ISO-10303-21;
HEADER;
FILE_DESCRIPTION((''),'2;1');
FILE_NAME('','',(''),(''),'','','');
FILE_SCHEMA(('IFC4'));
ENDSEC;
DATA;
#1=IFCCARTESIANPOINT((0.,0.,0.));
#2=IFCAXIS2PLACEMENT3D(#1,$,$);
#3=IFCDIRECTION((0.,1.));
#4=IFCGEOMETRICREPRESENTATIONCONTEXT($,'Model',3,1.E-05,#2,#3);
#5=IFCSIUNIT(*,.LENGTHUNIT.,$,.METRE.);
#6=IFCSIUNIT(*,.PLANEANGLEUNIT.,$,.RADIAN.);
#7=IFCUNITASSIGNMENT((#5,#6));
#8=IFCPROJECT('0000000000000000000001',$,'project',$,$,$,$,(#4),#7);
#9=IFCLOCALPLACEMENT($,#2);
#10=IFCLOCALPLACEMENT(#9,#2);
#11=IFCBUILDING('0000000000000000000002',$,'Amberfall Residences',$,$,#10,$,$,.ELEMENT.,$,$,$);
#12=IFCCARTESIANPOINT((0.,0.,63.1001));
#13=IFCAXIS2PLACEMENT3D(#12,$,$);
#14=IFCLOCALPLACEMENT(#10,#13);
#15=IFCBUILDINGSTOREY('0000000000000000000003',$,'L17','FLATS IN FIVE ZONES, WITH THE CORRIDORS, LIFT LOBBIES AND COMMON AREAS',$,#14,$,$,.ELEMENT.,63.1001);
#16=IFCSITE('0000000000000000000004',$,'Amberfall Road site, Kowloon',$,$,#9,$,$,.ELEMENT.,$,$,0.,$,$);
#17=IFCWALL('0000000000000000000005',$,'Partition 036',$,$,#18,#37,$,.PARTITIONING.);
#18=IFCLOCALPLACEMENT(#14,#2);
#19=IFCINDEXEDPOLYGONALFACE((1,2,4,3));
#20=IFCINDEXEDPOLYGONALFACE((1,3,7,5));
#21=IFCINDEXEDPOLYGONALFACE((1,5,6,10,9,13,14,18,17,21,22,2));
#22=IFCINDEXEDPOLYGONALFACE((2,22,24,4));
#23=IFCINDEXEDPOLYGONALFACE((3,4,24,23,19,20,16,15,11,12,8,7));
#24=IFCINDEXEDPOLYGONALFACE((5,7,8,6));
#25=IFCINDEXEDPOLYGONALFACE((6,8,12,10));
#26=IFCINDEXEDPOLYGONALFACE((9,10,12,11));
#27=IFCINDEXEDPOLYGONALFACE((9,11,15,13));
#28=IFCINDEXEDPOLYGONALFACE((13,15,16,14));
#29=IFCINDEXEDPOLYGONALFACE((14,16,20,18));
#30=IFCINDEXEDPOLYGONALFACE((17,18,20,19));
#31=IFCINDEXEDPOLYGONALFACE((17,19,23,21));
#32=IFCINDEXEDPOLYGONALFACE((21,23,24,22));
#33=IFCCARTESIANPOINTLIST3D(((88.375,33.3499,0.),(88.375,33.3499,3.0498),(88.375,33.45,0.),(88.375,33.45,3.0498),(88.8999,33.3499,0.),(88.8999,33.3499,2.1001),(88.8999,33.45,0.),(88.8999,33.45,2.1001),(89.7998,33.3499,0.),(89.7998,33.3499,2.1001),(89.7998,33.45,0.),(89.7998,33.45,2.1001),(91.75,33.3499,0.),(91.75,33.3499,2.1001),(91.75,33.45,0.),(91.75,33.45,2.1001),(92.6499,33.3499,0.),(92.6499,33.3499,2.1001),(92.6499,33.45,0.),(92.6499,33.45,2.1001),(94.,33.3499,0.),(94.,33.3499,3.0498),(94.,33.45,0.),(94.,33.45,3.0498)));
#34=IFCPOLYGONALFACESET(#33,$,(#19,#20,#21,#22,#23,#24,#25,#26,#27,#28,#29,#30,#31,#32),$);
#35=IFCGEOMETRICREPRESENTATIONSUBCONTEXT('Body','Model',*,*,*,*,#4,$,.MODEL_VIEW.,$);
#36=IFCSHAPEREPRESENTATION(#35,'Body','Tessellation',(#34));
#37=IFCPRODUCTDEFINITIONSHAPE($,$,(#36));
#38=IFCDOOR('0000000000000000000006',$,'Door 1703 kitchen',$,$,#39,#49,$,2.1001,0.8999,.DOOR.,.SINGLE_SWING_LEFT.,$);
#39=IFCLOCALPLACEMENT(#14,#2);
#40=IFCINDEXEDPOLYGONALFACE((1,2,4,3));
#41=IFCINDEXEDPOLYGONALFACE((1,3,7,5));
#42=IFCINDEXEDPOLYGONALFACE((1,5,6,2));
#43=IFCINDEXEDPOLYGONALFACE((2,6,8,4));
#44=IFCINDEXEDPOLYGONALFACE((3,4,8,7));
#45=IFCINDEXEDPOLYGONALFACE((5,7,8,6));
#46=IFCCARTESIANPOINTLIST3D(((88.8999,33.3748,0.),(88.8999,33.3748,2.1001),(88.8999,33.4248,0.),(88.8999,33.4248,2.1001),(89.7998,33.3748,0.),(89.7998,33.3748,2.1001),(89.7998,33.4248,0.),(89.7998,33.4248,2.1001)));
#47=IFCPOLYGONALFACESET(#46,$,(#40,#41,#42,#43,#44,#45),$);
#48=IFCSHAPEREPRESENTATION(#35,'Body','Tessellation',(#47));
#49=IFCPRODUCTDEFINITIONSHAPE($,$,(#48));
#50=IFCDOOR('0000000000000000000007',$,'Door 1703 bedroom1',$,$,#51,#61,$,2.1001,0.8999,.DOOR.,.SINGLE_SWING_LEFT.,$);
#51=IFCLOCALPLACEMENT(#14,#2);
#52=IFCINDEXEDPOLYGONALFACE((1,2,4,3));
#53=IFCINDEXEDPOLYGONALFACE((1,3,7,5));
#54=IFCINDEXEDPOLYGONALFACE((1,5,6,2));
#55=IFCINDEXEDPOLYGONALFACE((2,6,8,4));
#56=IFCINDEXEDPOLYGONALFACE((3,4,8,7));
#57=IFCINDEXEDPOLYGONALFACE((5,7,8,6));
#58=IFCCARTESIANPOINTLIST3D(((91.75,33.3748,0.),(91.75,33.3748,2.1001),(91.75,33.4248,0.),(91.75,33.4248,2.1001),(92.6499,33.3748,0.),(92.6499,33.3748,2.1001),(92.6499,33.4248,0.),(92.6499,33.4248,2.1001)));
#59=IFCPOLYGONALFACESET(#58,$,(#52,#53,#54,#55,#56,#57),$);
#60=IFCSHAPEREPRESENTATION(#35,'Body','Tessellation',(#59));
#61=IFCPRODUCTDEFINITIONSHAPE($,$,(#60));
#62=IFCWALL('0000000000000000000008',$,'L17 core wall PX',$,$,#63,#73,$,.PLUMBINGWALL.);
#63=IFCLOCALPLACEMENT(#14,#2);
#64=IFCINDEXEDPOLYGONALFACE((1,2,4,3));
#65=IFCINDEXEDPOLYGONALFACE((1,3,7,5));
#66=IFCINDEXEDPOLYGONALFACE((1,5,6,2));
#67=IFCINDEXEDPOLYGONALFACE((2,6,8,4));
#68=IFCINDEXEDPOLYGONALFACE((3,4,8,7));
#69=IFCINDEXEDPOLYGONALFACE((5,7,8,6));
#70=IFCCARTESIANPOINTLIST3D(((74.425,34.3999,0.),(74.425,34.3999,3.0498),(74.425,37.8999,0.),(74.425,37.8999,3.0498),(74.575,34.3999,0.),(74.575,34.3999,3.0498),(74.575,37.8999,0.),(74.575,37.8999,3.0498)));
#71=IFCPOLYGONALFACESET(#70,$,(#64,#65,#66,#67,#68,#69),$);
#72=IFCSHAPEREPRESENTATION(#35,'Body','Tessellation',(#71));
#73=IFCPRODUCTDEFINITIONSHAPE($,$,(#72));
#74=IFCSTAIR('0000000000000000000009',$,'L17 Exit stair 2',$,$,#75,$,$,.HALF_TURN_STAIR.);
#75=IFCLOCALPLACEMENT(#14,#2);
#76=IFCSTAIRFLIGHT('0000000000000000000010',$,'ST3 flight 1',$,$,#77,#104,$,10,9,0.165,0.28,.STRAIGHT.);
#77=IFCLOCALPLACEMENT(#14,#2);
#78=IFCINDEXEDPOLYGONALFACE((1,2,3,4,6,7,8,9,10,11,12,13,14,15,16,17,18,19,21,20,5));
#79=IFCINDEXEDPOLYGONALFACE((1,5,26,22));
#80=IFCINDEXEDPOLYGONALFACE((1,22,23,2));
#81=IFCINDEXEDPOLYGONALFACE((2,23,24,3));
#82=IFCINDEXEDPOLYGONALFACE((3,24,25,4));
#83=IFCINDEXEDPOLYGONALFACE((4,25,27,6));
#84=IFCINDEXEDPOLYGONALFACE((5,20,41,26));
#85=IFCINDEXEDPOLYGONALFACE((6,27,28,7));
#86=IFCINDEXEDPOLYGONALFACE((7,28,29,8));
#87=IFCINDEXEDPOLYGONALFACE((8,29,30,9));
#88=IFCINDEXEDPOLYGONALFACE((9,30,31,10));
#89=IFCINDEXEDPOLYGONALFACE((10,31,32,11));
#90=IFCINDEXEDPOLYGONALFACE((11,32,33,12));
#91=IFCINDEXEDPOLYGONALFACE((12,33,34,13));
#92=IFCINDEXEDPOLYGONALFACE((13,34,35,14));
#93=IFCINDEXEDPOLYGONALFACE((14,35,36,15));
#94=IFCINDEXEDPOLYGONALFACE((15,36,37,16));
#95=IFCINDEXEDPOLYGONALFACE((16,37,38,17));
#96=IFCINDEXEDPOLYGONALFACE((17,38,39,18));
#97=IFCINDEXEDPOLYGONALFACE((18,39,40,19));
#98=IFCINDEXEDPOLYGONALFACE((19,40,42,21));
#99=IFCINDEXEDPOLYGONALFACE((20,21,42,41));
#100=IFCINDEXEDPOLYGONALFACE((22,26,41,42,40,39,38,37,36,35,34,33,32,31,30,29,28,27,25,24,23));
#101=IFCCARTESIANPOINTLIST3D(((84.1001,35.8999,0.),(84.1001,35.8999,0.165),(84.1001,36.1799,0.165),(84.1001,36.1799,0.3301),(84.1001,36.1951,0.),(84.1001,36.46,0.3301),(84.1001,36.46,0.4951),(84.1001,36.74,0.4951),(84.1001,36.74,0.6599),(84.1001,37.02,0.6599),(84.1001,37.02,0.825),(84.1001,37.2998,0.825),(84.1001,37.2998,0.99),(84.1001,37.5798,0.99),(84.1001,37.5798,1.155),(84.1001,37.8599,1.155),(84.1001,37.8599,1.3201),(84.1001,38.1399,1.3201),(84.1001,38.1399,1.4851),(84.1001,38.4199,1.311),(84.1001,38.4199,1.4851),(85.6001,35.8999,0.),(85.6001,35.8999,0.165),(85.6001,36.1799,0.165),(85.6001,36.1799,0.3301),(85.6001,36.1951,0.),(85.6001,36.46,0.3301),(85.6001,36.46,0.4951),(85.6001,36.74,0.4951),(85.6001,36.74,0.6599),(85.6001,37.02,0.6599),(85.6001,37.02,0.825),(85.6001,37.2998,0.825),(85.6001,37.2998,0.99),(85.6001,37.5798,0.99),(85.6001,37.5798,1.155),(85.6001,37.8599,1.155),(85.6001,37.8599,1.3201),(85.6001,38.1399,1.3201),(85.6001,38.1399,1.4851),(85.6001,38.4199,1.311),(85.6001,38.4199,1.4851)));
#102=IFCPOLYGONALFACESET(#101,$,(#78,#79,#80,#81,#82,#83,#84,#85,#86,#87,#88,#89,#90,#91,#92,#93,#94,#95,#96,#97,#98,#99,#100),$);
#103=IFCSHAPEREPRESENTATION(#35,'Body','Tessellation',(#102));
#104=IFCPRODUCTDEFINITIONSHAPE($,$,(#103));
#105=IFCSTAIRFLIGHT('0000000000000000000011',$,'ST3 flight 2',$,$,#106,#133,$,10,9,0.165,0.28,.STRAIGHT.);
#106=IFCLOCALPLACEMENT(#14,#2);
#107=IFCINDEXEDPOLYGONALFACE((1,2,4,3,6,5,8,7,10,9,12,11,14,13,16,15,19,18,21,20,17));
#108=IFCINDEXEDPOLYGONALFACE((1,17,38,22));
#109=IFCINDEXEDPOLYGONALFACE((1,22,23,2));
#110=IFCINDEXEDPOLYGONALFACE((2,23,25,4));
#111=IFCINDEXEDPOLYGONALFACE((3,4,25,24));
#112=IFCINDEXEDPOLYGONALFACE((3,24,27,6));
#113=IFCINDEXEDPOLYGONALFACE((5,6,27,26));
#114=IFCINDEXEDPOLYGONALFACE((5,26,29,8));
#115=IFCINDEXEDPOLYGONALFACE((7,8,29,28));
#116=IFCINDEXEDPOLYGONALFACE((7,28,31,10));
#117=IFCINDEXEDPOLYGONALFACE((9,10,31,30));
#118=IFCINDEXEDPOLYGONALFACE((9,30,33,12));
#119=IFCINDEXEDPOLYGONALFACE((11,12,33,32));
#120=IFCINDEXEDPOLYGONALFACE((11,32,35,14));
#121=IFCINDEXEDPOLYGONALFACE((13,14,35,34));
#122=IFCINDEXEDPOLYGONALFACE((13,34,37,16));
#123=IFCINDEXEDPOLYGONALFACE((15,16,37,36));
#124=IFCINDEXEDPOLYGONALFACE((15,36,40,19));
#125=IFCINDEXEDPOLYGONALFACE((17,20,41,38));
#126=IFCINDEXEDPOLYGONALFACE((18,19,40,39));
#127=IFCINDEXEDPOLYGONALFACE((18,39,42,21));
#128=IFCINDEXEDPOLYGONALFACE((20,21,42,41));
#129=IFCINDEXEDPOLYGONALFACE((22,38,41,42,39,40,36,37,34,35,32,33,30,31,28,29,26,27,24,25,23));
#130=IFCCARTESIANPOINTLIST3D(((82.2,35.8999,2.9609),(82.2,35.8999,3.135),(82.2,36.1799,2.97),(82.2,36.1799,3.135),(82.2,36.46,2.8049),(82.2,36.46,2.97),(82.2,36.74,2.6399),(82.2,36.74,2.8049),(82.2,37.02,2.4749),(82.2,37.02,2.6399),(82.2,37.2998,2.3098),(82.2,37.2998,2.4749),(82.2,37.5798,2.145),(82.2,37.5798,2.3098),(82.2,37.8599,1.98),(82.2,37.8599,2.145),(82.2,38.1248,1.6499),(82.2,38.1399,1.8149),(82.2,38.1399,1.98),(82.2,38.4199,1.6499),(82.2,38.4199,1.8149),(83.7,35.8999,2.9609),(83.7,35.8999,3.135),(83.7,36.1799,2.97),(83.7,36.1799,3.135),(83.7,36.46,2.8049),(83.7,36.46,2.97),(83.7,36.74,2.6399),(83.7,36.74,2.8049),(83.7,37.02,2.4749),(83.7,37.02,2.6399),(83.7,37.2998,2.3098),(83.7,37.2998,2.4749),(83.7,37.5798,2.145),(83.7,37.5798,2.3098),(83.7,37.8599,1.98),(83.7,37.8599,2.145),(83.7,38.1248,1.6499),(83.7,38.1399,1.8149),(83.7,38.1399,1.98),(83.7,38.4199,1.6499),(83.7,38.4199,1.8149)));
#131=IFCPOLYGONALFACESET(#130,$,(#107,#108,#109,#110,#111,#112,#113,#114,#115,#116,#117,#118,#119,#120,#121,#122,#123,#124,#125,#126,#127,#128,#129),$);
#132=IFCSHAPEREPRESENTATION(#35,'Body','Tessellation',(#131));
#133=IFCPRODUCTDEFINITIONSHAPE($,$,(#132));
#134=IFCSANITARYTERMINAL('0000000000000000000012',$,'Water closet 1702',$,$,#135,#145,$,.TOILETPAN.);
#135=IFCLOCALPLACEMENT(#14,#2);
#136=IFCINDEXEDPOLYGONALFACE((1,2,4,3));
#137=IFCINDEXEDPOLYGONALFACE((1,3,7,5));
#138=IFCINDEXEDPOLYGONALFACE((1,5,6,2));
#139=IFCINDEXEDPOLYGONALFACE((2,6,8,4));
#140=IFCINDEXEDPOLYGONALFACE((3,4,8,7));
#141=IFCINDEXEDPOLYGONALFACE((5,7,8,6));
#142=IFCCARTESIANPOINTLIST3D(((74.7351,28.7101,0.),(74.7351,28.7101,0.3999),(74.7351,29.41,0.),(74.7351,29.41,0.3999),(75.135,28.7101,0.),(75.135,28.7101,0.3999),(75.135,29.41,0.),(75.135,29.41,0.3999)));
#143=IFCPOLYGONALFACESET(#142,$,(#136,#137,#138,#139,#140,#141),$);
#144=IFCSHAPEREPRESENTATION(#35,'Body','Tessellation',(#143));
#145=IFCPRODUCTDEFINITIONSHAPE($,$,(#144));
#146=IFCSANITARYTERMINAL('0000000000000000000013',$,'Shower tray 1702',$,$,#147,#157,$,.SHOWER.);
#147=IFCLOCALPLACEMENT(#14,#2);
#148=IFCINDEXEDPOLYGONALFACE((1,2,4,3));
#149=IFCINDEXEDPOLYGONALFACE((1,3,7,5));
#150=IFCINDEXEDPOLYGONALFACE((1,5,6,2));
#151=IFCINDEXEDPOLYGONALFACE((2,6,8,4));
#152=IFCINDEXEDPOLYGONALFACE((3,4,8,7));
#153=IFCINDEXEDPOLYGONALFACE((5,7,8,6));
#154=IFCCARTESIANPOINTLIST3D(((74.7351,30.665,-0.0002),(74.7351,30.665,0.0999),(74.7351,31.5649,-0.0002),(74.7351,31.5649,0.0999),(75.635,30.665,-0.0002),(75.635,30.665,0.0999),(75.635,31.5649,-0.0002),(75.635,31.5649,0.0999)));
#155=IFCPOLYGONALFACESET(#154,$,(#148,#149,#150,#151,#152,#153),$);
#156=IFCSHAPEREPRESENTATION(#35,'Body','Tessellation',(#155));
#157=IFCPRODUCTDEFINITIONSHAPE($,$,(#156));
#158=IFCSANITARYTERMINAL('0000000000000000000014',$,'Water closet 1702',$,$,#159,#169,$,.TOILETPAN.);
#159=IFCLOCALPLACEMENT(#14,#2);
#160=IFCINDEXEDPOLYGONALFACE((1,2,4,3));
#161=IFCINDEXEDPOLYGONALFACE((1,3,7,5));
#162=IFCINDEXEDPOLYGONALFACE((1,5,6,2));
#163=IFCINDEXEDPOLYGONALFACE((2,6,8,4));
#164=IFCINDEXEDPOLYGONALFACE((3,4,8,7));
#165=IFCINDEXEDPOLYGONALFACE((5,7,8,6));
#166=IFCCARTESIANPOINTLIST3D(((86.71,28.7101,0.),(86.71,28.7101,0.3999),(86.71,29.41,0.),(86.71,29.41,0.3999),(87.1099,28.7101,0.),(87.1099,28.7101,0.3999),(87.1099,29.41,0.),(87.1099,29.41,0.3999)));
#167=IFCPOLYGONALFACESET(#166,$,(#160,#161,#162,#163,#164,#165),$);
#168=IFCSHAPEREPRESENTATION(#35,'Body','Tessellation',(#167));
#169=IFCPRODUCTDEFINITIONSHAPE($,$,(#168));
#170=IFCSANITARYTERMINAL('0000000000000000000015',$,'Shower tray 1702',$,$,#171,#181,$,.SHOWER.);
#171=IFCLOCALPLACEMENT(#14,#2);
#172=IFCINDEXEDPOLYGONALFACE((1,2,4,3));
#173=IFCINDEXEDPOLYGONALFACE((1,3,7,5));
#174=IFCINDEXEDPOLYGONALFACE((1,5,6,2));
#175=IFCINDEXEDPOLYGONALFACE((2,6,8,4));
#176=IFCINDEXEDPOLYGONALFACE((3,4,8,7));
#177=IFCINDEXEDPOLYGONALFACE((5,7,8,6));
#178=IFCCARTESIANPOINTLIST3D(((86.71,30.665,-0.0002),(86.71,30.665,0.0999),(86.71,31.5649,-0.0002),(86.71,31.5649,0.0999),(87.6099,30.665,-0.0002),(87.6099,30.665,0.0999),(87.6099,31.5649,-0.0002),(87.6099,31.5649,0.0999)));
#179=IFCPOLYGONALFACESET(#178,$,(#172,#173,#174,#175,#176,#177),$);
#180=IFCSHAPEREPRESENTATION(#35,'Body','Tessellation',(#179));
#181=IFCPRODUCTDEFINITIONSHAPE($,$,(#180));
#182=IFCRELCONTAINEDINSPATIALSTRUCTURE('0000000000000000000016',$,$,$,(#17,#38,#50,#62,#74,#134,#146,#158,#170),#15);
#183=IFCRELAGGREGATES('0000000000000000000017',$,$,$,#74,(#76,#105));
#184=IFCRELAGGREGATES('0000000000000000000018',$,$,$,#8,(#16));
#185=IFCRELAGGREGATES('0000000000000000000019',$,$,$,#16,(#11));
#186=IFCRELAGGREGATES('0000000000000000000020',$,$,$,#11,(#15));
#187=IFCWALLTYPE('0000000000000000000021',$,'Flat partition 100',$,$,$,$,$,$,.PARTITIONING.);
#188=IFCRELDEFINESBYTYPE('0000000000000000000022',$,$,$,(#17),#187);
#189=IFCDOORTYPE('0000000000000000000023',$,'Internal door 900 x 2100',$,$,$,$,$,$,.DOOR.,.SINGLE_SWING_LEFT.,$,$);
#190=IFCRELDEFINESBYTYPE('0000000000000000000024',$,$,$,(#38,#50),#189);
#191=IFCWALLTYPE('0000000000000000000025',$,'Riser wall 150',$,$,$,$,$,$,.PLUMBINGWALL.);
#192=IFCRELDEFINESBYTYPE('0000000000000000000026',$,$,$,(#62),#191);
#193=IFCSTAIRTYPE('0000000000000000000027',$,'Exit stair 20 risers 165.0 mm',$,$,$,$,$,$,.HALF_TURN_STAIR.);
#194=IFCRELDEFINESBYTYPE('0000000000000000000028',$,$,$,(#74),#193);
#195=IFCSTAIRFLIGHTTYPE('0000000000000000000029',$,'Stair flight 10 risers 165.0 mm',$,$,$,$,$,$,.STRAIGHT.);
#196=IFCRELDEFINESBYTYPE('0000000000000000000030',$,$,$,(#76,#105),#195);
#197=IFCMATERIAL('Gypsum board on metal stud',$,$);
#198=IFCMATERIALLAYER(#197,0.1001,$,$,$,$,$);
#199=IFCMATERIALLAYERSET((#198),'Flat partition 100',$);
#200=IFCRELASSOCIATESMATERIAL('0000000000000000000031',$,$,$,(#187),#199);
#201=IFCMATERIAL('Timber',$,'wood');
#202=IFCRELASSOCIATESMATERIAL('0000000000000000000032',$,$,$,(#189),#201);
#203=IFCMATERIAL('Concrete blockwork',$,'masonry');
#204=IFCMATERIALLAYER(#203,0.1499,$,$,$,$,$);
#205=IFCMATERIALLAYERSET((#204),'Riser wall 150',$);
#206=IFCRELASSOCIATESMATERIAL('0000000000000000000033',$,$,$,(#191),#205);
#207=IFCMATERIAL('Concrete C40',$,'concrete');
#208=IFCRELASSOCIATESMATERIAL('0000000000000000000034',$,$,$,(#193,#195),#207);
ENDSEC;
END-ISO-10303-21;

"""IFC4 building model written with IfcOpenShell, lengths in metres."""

from ifc_helpers import new_model, si_unit, direction, frame, frame_2d, origin, origin_2d, place, context, subcontext, project, spatial, polyline, rectangle, outline, extrude, material, layer, layer_set, type_object, element, fill, aggregate, save


model = new_model("IFC4")

# Units and contexts
model_context = context("Model", 3, precision=1e-05, world=origin(), true_north=direction((0.0, 1.0)))
body_context = subcontext(model_context, "Body", "Model", "MODEL_VIEW")
ifc_project = project(units=[si_unit("LENGTHUNIT", "METRE"), si_unit("PLANEANGLEUNIT", "RADIAN")], contexts=[model_context])

# Site, building, storey
site_placement = place(None, origin())
site = spatial("IfcSite", under=ifc_project, at=site_placement, Name="Amberfall Road site, Kowloon", CompositionType="ELEMENT", RefElevation=0.0)
building_placement = place(site_placement, origin())
building = spatial("IfcBuilding", under=site, at=building_placement, Name="Amberfall Residences", CompositionType="ELEMENT")
storey_placement = place(building_placement, frame((0.0, 0.0, 63.1001)))
storey = spatial("IfcBuildingStorey", under=building, at=storey_placement, Name="L17", Description="FLATS IN FIVE ZONES, WITH THE CORRIDORS, LIFT LOBBIES AND COMMON AREAS", CompositionType="ELEMENT", Elevation=63.1001)

# Shared definitions
ifc_material_1 = material(Name="Gypsum board on metal stud")
ifc_layer_1 = layer(ifc_material_1, 0.1001)
ifc_layer_set_1 = layer_set([ifc_layer_1], Name="Flat partition 100")
wall_type_1 = type_object("IfcWallType", Name="Flat partition 100", PredefinedType="PARTITIONING", material=ifc_layer_set_1)
ifc_material_2 = material(Name="Timber", Category="wood")
door_type_1 = type_object("IfcDoorType", Name="Internal door 900 x 2100", OperationType="SINGLE_SWING_LEFT", PredefinedType="DOOR", material=ifc_material_2)

# Wall, openings, doors
wall_1_placement = place(storey_placement, frame((88.375, 33.3999, 0.0), z_axis=(0.0, 0.0, 1.0), x_axis=(1.0, 0.0, 0.0)))
wall_1 = element("IfcWall", 1, at=wall_1_placement, inside=storey, type_object=wall_type_1, Name="Partition 036", PredefinedType="PARTITIONING", context=body_context, shape_type="SweptSolid", body=[
    extrude(rectangle(XDim=5.625, YDim=0.1001, at=frame_2d((2.8125, 0.0))), origin(), (0.0, 0.0, 1.0), 3.0498),
])
opening_1_placement = place(wall_1_placement, frame((0.5249, 0.0, 0.0)))
opening_1 = element("IfcOpeningElement", 2, at=opening_1_placement, cuts=wall_1, PredefinedType="OPENING", context=body_context, shape_type="SweptSolid", body=[
    extrude(rectangle(XDim=0.8999, YDim=2.1001, at=frame_2d((0.45, 1.05))), frame((0.0, 0.0601, 0.0), z_axis=(0.0, -1.0, 0.0), x_axis=(1.0, 0.0, 0.0)), (0.0, 0.0, 1.0), 0.1201),
])
opening_2_placement = place(wall_1_placement, frame((3.375, 0.0, 0.0)))
opening_2 = element("IfcOpeningElement", 3, at=opening_2_placement, cuts=wall_1, PredefinedType="OPENING", context=body_context, shape_type="SweptSolid", body=[
    extrude(rectangle(XDim=0.8999, YDim=2.1001, at=frame_2d((0.45, 1.05))), frame((0.0, 0.0601, 0.0), z_axis=(0.0, -1.0, 0.0), x_axis=(1.0, 0.0, 0.0)), (0.0, 0.0, 1.0), 0.1201),
])
door_1_placement = place(opening_1_placement, origin())
door_1 = element("IfcDoor", 4, at=door_1_placement, inside=storey, type_object=door_type_1, Name="Door 1703 kitchen", OperationType="SINGLE_SWING_LEFT", OverallHeight=2.1001, OverallWidth=0.8999, PredefinedType="DOOR", context=body_context, shape_type="SweptSolid", body=[
    extrude(rectangle(XDim=0.8999, YDim=2.1001, at=frame_2d((0.45, 1.05))), frame((0.0, 0.0249, 0.0), z_axis=(0.0, -1.0, 0.0), x_axis=(1.0, 0.0, 0.0)), (0.0, 0.0, 1.0), 0.05),
])
fill(opening_1, door_1)
door_2_placement = place(opening_2_placement, origin())
door_2 = element("IfcDoor", 5, at=door_2_placement, inside=storey, type_object=door_type_1, Name="Door 1703 bedroom1", OperationType="SINGLE_SWING_LEFT", OverallHeight=2.1001, OverallWidth=0.8999, PredefinedType="DOOR", context=body_context, shape_type="SweptSolid", body=[
    extrude(rectangle(XDim=0.8999, YDim=2.1001, at=frame_2d((0.45, 1.05))), frame((0.0, 0.0249, 0.0), z_axis=(0.0, -1.0, 0.0), x_axis=(1.0, 0.0, 0.0)), (0.0, 0.0, 1.0), 0.05),
])
fill(opening_2, door_2)

# Wall
ifc_material_3 = material(Name="Concrete blockwork", Category="masonry")
ifc_layer_2 = layer(ifc_material_3, 0.1499)
ifc_layer_set_2 = layer_set([ifc_layer_2], Name="Riser wall 150")
wall_type_2 = type_object("IfcWallType", Name="Riser wall 150", PredefinedType="PLUMBINGWALL", material=ifc_layer_set_2)
wall_2_placement = place(storey_placement, frame((74.5, 34.3999, 0.0), z_axis=(0.0, 0.0, 1.0), x_axis=(0.0, 1.0, 0.0)))
element("IfcWall", 6, at=wall_2_placement, inside=storey, type_object=wall_type_2, Name="L17 core wall PX", PredefinedType="PLUMBINGWALL", context=body_context, shape_type="SweptSolid", body=[
    extrude(rectangle(XDim=3.5, YDim=0.1499, at=frame_2d((1.75, 0.0))), origin(), (0.0, 0.0, 1.0), 3.0498),
])

# Stair, stair flights
ifc_material_4 = material(Name="Concrete C40", Category="concrete")
stair_type = type_object("IfcStairType", Name="Exit stair 20 risers 165.0 mm", PredefinedType="HALF_TURN_STAIR", material=ifc_material_4)
stair_placement = place(storey_placement, origin())
stair = element("IfcStair", 7, at=stair_placement, inside=storey, type_object=stair_type, Name="L17 Exit stair 2", PredefinedType="HALF_TURN_STAIR")
stair_flight_type = type_object("IfcStairFlightType", Name="Stair flight 10 risers 165.0 mm", PredefinedType="STRAIGHT", material=ifc_material_4)
stair_flight_1_placement = place(storey_placement, frame((84.8501, 35.8999, 0.0), z_axis=(0.0, 0.0, 1.0), x_axis=(0.0, 1.0, 0.0)))
stair_flight_1 = element("IfcStairFlight", 8, at=stair_flight_1_placement, type_object=stair_flight_type, Name="ST3 flight 1", NumberOfRisers=10, NumberOfTreads=9, PredefinedType="STRAIGHT", RiserHeight=0.165, TreadLength=0.28, context=body_context, shape_type="SweptSolid", body=[
    extrude(outline(polyline([(0.0, 0.0), (0.0, 0.165), (0.28, 0.165), (0.28, 0.3301), (0.5601, 0.3301), (0.5601, 0.4951), (0.8401, 0.4951), (0.8401, 0.6599), (1.1201, 0.6599), (1.1201, 0.825), (1.3999, 0.825), (1.3999, 0.99), (1.6799, 0.99), (1.6799, 1.155), (1.96, 1.155), (1.96, 1.3201), (2.24, 1.3201), (2.24, 1.4851), (2.52, 1.4851), (2.52, 1.6499), (2.52, 1.311), (0.2952, 0.0), (0.0, 0.0)])), frame((0.0, 0.75, 0.0), z_axis=(0.0, -1.0, 0.0), x_axis=(1.0, 0.0, 0.0)), (0.0, 0.0, 1.0), 1.5),
])
stair_flight_2_placement = place(storey_placement, frame((82.95, 38.4199, 1.6499), z_axis=(0.0, 0.0, 1.0), x_axis=(0.0, -1.0, 0.0)))
stair_flight_2 = element("IfcStairFlight", 9, at=stair_flight_2_placement, type_object=stair_flight_type, Name="ST3 flight 2", NumberOfRisers=10, NumberOfTreads=9, PredefinedType="STRAIGHT", RiserHeight=0.165, TreadLength=0.28, context=body_context, shape_type="SweptSolid", body=[
    extrude(outline(polyline([(0.0, 0.0), (0.0, 0.165), (0.28, 0.165), (0.28, 0.3301), (0.5601, 0.3301), (0.5601, 0.4951), (0.8401, 0.4951), (0.8401, 0.6599), (1.1201, 0.6599), (1.1201, 0.825), (1.3999, 0.825), (1.3999, 0.99), (1.6799, 0.99), (1.6799, 1.155), (1.96, 1.155), (1.96, 1.3201), (2.24, 1.3201), (2.24, 1.4851), (2.52, 1.4851), (2.52, 1.6499), (2.52, 1.311), (0.2952, 0.0), (0.0, 0.0)])), frame((0.0, 0.75, 0.0), z_axis=(0.0, -1.0, 0.0), x_axis=(1.0, 0.0, 0.0)), (0.0, 0.0, 1.0), 1.5),
])
aggregate(stair, [stair_flight_1, stair_flight_2])

# Sanitary terminals
sanitary_terminal_1_placement = place(storey_placement, frame((74.9351, 29.0601, 0.0), z_axis=(0.0, 0.0, 1.0), x_axis=(1.0, 0.0, 0.0)))
element("IfcSanitaryTerminal", 10, at=sanitary_terminal_1_placement, inside=storey, Name="Water closet 1702", PredefinedType="TOILETPAN", context=body_context, shape_type="SweptSolid", body=[
    extrude(rectangle(XDim=0.3999, YDim=0.7, at=origin_2d()), origin(), (0.0, 0.0, 1.0), 0.3999),
])
sanitary_terminal_2_placement = place(storey_placement, frame((75.1851, 31.115, -0.0002), z_axis=(0.0, 0.0, 1.0), x_axis=(1.0, 0.0, 0.0)))
element("IfcSanitaryTerminal", 11, at=sanitary_terminal_2_placement, inside=storey, Name="Shower tray 1702", PredefinedType="SHOWER", context=body_context, shape_type="SweptSolid", body=[
    extrude(rectangle(XDim=0.8999, YDim=0.8999, at=origin_2d()), origin(), (0.0, 0.0, 1.0), 0.1001),
])
sanitary_terminal_3_placement = place(storey_placement, frame((86.9099, 29.0601, 0.0), z_axis=(0.0, 0.0, 1.0), x_axis=(1.0, 0.0, 0.0)))
element("IfcSanitaryTerminal", 12, at=sanitary_terminal_3_placement, inside=storey, Name="Water closet 1702", PredefinedType="TOILETPAN", context=body_context, shape_type="SweptSolid", body=[
    extrude(rectangle(XDim=0.3999, YDim=0.7, at=origin_2d()), origin(), (0.0, 0.0, 1.0), 0.3999),
])
sanitary_terminal_4_placement = place(storey_placement, frame((87.1599, 31.115, -0.0002), z_axis=(0.0, 0.0, 1.0), x_axis=(1.0, 0.0, 0.0)))
element("IfcSanitaryTerminal", 13, at=sanitary_terminal_4_placement, inside=storey, Name="Shower tray 1702", PredefinedType="SHOWER", context=body_context, shape_type="SweptSolid", body=[
    extrude(rectangle(XDim=0.8999, YDim=0.8999, at=origin_2d()), origin(), (0.0, 0.0, 1.0), 0.1001),
])

save(model, "model.ifc")
